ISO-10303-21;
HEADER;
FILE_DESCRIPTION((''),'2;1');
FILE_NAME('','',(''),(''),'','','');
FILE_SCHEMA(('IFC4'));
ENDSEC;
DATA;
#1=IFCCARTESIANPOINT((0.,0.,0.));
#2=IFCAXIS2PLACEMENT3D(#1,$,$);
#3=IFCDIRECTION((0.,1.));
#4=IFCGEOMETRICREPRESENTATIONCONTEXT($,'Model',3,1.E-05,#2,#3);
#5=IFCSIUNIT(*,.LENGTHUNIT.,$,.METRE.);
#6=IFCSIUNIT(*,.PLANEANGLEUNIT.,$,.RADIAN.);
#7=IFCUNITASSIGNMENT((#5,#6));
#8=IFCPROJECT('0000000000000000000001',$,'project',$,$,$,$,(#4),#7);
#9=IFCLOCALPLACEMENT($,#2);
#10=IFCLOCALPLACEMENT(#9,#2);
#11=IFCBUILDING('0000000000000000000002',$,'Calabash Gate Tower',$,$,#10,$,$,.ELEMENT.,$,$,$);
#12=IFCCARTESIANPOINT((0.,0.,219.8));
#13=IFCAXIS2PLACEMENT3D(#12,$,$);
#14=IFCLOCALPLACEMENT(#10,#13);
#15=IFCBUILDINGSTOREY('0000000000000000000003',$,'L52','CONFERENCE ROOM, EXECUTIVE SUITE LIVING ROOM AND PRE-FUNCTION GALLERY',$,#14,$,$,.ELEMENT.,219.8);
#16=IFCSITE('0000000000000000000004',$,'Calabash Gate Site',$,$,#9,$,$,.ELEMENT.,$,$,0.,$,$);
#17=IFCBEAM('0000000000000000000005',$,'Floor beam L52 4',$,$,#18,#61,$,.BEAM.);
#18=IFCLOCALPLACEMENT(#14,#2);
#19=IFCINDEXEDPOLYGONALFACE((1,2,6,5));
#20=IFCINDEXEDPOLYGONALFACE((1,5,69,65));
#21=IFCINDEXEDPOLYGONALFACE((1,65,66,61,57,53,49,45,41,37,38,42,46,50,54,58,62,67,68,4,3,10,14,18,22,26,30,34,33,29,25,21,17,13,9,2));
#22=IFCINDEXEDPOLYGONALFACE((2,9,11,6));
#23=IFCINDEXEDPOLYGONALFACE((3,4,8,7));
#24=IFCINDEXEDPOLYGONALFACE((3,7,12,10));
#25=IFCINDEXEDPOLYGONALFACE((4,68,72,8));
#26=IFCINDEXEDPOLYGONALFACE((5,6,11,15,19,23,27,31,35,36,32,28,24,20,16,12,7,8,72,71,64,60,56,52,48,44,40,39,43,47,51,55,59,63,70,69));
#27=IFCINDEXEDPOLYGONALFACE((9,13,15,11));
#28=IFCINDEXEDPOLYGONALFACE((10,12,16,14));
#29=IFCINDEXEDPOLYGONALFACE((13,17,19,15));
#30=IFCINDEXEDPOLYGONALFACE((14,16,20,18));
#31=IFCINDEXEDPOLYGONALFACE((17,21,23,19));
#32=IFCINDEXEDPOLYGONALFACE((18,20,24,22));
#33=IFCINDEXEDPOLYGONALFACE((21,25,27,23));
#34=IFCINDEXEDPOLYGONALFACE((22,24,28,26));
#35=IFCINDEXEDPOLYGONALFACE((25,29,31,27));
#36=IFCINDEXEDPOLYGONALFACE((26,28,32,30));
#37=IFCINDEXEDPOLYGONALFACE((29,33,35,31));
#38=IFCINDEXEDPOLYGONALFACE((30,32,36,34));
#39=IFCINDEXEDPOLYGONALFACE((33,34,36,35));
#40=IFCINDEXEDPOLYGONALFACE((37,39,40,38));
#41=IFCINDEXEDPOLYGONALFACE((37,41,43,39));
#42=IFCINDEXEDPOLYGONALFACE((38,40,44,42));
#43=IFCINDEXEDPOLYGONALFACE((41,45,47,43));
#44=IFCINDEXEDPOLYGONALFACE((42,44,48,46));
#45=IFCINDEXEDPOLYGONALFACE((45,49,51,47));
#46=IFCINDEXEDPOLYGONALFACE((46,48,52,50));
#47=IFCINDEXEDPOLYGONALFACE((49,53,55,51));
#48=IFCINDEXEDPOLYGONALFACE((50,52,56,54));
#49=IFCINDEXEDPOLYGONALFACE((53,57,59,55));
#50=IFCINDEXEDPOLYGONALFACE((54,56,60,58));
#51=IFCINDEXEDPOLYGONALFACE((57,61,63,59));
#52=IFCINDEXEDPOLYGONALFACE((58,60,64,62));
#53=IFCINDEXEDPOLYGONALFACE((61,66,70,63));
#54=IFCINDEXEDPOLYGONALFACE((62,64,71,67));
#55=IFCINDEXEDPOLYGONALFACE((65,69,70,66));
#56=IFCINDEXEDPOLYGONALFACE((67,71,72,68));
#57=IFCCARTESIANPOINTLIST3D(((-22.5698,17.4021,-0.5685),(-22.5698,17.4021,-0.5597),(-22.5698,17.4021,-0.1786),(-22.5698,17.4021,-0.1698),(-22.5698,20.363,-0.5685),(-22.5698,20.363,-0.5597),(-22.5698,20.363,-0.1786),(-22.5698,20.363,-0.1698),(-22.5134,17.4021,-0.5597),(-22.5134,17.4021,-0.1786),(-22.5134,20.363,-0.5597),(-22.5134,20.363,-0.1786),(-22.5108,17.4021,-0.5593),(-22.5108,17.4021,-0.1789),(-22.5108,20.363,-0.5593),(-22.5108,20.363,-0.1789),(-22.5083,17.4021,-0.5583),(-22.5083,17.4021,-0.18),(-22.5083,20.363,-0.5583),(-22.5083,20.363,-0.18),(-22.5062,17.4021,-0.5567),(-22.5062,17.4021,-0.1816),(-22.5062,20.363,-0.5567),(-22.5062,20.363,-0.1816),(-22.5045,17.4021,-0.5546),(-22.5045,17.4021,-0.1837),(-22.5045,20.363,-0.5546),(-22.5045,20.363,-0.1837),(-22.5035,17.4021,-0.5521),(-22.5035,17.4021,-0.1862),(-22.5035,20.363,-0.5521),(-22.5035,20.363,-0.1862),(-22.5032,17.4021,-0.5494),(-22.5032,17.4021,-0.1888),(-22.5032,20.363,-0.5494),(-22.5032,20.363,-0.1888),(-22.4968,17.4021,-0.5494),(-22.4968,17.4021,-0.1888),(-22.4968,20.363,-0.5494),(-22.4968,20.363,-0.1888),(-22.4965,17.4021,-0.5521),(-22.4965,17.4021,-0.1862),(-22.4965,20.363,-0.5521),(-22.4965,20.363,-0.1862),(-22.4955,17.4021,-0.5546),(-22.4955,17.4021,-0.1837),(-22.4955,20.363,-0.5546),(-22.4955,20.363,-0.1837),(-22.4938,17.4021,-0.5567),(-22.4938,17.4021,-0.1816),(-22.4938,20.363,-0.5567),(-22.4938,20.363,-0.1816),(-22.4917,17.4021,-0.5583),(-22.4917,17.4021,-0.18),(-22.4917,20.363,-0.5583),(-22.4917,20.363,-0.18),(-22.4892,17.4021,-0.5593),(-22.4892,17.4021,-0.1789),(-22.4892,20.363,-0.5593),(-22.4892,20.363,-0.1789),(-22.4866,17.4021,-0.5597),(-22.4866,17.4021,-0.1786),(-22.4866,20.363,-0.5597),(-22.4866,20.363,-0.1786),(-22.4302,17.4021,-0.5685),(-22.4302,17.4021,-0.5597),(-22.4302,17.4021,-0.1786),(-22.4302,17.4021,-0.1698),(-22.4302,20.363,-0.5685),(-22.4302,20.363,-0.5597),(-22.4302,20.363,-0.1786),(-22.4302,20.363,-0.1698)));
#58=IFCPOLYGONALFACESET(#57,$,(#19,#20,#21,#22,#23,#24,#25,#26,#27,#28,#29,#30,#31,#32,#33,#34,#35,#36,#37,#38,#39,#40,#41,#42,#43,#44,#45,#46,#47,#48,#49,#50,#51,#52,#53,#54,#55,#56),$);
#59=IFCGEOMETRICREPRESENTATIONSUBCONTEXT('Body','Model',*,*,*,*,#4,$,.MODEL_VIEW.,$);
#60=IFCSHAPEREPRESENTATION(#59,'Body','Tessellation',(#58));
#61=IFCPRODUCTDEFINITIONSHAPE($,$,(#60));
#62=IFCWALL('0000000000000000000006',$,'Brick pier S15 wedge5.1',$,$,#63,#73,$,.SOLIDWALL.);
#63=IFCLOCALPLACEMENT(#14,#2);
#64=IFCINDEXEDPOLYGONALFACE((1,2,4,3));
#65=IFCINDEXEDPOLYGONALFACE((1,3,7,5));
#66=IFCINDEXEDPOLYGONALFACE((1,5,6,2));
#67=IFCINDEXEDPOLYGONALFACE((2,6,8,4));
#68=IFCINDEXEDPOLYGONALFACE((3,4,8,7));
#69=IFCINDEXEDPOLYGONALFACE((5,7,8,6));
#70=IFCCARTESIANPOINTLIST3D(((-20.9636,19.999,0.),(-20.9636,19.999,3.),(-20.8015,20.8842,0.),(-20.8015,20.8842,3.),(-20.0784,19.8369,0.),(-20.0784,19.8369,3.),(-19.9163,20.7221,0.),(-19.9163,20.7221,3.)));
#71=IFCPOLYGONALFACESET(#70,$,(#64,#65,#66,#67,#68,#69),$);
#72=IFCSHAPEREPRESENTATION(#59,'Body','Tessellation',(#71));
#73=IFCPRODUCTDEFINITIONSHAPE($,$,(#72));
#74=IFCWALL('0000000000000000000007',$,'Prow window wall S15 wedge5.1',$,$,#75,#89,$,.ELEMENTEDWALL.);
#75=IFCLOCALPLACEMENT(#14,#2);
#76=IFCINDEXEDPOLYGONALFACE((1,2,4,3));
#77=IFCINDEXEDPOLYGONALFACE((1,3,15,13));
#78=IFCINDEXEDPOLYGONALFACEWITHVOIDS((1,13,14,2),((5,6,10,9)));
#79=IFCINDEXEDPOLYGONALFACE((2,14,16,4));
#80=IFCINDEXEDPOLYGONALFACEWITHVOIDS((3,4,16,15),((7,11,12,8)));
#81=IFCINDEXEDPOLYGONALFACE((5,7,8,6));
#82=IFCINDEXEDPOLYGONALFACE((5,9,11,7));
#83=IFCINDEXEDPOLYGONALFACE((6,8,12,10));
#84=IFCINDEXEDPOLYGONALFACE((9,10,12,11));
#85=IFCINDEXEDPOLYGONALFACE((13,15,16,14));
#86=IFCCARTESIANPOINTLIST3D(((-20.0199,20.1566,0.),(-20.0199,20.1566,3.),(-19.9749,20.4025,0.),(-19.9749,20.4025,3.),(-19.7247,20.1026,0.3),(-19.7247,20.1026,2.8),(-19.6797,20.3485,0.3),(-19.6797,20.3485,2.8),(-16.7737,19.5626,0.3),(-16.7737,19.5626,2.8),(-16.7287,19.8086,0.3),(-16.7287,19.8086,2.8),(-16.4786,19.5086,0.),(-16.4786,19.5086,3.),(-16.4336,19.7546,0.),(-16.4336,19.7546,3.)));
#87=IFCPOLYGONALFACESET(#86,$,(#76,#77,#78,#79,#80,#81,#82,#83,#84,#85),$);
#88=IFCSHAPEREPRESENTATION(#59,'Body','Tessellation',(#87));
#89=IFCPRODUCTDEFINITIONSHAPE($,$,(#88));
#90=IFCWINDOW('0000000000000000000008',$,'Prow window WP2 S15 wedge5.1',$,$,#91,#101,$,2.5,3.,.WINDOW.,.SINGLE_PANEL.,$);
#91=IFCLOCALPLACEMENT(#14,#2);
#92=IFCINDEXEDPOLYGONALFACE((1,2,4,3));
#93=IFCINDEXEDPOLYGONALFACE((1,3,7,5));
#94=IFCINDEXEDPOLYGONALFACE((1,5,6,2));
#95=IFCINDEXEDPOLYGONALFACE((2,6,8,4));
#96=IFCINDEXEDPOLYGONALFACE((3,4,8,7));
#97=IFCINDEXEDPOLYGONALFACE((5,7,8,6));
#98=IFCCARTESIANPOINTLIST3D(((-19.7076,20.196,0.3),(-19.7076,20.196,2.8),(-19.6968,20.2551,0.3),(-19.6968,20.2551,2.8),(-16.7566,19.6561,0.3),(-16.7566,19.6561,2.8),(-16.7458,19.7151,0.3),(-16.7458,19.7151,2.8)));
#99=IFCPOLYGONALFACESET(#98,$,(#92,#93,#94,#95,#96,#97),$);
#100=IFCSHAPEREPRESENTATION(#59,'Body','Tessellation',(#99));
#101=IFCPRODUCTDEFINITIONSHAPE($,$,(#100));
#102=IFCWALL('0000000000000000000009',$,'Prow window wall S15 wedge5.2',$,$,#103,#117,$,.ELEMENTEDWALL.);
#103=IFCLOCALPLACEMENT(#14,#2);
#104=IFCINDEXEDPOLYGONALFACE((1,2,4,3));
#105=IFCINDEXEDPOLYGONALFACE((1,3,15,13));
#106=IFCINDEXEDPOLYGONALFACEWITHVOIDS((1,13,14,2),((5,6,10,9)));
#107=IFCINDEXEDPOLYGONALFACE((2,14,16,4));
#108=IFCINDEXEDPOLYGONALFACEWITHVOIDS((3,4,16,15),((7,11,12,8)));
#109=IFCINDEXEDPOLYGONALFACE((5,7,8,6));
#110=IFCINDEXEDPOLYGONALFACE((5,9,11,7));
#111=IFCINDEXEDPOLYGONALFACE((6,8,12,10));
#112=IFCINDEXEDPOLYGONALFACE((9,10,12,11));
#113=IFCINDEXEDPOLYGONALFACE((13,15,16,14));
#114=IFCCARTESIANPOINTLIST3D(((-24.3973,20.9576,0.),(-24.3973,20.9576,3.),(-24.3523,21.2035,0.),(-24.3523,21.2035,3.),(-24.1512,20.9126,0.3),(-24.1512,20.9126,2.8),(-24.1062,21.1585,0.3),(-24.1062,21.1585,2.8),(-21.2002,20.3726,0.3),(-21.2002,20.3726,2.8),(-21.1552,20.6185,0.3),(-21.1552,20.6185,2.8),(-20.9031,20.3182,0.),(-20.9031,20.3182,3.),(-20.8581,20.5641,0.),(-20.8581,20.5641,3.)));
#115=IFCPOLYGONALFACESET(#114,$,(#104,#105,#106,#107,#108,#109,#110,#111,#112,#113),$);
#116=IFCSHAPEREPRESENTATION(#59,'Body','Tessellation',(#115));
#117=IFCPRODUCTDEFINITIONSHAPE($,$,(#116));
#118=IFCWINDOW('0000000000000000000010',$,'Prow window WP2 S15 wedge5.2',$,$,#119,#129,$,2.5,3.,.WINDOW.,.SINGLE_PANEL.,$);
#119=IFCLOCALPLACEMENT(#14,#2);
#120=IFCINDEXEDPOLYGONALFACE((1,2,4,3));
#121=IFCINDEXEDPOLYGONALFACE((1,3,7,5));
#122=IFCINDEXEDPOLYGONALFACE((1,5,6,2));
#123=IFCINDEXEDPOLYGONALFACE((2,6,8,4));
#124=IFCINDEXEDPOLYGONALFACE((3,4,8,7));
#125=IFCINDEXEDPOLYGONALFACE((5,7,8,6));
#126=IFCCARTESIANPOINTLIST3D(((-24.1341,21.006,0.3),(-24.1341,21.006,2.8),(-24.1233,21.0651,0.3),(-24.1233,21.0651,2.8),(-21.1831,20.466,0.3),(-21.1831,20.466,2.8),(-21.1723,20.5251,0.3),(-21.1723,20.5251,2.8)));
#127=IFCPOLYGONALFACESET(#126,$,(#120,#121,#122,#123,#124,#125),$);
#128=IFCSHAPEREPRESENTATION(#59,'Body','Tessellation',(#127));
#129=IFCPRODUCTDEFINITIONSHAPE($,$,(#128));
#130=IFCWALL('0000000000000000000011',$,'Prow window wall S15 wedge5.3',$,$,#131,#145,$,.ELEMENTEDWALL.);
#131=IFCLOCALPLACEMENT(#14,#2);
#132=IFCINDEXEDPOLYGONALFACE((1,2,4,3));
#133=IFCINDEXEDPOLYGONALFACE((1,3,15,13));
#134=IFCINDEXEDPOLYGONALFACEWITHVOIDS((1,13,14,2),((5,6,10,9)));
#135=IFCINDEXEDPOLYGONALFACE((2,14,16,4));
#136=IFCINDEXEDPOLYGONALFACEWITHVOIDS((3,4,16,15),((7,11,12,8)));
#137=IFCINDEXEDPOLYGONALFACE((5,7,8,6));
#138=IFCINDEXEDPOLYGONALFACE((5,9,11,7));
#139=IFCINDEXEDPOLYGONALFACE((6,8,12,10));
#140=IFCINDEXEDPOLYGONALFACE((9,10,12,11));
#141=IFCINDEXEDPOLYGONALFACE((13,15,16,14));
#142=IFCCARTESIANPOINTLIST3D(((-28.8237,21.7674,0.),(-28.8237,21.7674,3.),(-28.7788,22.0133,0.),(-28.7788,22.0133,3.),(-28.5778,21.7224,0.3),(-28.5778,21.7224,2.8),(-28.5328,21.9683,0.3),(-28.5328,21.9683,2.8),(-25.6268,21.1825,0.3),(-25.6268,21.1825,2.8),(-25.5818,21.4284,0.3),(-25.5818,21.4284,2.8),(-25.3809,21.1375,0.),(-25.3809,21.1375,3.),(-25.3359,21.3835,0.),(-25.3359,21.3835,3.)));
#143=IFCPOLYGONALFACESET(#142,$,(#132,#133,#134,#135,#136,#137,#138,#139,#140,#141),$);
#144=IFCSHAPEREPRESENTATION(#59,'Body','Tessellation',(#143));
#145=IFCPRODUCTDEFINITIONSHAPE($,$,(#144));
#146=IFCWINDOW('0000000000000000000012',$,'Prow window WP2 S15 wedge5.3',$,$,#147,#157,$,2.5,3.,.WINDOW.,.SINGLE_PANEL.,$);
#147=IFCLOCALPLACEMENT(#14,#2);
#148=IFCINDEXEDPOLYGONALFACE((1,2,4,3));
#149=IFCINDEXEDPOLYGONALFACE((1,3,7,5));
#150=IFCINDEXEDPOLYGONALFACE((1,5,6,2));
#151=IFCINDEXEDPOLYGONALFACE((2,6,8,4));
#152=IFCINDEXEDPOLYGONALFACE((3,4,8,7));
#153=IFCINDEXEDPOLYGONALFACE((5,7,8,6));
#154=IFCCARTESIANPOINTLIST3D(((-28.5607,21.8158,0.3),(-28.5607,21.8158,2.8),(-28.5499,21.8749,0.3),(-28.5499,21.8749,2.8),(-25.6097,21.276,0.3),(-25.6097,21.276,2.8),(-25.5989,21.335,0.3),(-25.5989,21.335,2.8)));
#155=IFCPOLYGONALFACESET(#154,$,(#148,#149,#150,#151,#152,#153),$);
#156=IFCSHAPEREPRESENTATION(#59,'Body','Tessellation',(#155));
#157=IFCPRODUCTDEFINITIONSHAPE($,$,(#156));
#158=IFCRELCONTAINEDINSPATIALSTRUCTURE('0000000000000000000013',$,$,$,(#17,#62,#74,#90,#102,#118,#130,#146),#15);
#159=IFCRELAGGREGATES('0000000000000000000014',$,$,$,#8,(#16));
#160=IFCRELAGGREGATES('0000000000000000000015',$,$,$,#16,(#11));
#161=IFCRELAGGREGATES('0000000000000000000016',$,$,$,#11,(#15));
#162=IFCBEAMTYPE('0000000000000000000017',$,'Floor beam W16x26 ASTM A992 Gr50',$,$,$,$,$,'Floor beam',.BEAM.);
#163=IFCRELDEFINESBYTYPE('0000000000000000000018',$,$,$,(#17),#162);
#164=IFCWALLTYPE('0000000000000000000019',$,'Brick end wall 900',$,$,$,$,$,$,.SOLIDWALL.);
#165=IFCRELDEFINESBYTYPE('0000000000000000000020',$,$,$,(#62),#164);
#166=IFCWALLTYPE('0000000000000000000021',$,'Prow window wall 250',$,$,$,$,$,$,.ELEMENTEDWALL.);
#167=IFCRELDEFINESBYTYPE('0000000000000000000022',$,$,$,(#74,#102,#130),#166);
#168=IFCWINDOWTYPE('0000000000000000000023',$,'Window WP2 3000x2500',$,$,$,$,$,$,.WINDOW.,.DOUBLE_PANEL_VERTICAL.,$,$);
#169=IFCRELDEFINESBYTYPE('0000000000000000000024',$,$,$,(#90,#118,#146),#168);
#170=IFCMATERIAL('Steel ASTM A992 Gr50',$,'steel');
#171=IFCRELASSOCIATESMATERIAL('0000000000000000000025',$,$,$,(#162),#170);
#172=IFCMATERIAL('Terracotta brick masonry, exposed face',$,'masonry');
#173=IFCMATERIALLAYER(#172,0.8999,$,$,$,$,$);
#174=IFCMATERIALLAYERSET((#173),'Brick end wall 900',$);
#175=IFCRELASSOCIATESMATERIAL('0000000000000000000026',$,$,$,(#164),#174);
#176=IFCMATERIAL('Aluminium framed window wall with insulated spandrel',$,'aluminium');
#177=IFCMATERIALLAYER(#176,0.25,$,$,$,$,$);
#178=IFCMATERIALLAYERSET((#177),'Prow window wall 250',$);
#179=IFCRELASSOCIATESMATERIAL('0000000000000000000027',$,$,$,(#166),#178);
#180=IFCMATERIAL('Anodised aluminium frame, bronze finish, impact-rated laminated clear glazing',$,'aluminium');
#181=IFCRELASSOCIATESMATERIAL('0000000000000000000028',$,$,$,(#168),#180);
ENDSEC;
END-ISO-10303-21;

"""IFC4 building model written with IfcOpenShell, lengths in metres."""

from ifc_helpers import new_model, si_unit, direction, frame, frame_2d, origin, origin_2d, place, context, subcontext, project, spatial, rectangle, i_section, extrude, material, layer, layer_set, material_profile, profile_set, type_object, element, fill, save


model = new_model("IFC4")

# Units and contexts
model_context = context("Model", 3, precision=1e-05, world=origin(), true_north=direction((0.0, 1.0)))
body_context = subcontext(model_context, "Body", "Model", "MODEL_VIEW")
ifc_project = project(units=[si_unit("LENGTHUNIT", "METRE"), si_unit("PLANEANGLEUNIT", "RADIAN")], contexts=[model_context])

# Site, building, storey
site_placement = place(None, origin())
site = spatial("IfcSite", under=ifc_project, at=site_placement, Name="Calabash Gate Site", CompositionType="ELEMENT", RefElevation=0.0)
building_placement = place(site_placement, origin())
building = spatial("IfcBuilding", under=site, at=building_placement, Name="Calabash Gate Tower", CompositionType="ELEMENT")
storey_placement = place(building_placement, frame((0.0, 0.0, 219.8)))
storey = spatial("IfcBuildingStorey", under=building, at=storey_placement, Name="L52", Description="CONFERENCE ROOM, EXECUTIVE SUITE LIVING ROOM AND PRE-FUNCTION GALLERY", CompositionType="ELEMENT", Elevation=219.8)

# Beam
ifc_material_1 = material(Name="Steel ASTM A992 Gr50", Category="steel")
ifc_material_profile_1 = material_profile(ifc_material_1, i_section(OverallWidth=0.1396, OverallDepth=0.3987, WebThickness=0.0063, FlangeThickness=0.0088, FilletRadius=0.0103, at=origin_2d()))
ifc_profile_set_1 = profile_set([ifc_material_profile_1], Name="Steel ASTM A992 Gr50")
beam_type_1 = type_object("IfcBeamType", Name="Floor beam W16x26 ASTM A992 Gr50", ElementType="Floor beam", PredefinedType="BEAM", material=ifc_profile_set_1)
beam_1_placement = place(storey_placement, frame((-22.5, 17.4021, -0.3691), z_axis=(0.0, 1.0, 0.0), x_axis=(-1.0, 0.0, 0.0)))
element("IfcBeam", 1, at=beam_1_placement, inside=storey, type_object=beam_type_1, Name="Floor beam L52 4", PredefinedType="BEAM", context=body_context, shape_type="SweptSolid", body=[
    extrude(i_section(OverallWidth=0.1396, OverallDepth=0.3987, WebThickness=0.0063, FlangeThickness=0.0088, FilletRadius=0.0103, at=origin_2d()), origin(), (0.0, 0.0, 1.0), 2.9609),
])

# Wall
ifc_material_2 = material(Name="Terracotta brick masonry, exposed face", Category="masonry")
ifc_layer_1 = layer(ifc_material_2, 0.8999)
ifc_layer_set_1 = layer_set([ifc_layer_1], Name="Brick end wall 900")
wall_type_1 = type_object("IfcWallType", Name="Brick end wall 900", PredefinedType="SOLIDWALL", material=ifc_layer_set_1)
wall_1_placement = place(storey_placement, frame((-20.521, 19.918, 0.0), z_axis=(0.0, 0.0, 1.0), x_axis=(0.180127, 0.983643, 0.0)))
element("IfcWall", 2, at=wall_1_placement, inside=storey, type_object=wall_type_1, Name="Brick pier S15 wedge5.1", PredefinedType="SOLIDWALL", context=body_context, shape_type="SweptSolid", body=[
    extrude(rectangle(XDim=0.8999, YDim=0.8999, at=frame_2d((0.45, 0.0))), origin(), (0.0, 0.0, 1.0), 3.0),
])

# Walls, openings, windows
ifc_material_3 = material(Name="Aluminium framed window wall with insulated spandrel", Category="aluminium")
ifc_layer_2 = layer(ifc_material_3, 0.25)
ifc_layer_set_2 = layer_set([ifc_layer_2], Name="Prow window wall 250")
wall_type_2 = type_object("IfcWallType", Name="Prow window wall 250", PredefinedType="ELEMENTEDWALL", material=ifc_layer_set_2)
wall_2_placement = place(storey_placement, frame((-16.4561, 19.6316, 0.0), z_axis=(0.0, 0.0, 1.0), x_axis=(-0.98367, 0.179983, 0.0)))
wall_2 = element("IfcWall", 3, at=wall_2_placement, inside=storey, type_object=wall_type_2, Name="Prow window wall S15 wedge5.1", PredefinedType="ELEMENTEDWALL", context=body_context, shape_type="SweptSolid", body=[
    extrude(rectangle(XDim=3.6001, YDim=0.25, at=frame_2d((1.8, 0.0))), origin(), (0.0, 0.0, 1.0), 3.0),
])
opening_1_placement = place(wall_2_placement, frame((0.3, 0.0, 0.3)))
opening_1 = element("IfcOpeningElement", 4, at=opening_1_placement, cuts=wall_2, PredefinedType="OPENING", context=body_context, shape_type="SweptSolid", body=[
    extrude(rectangle(XDim=3.0, YDim=2.5, at=frame_2d((1.5, 1.25))), frame((0.0, 0.135, 0.0), z_axis=(0.0, -1.0, 0.0), x_axis=(1.0, 0.0, 0.0)), (0.0, 0.0, 1.0), 0.27),
])
ifc_material_4 = material(Name="Anodised aluminium frame, bronze finish, impact-rated laminated clear glazing", Category="aluminium")
window_type = type_object("IfcWindowType", Name="Window WP2 3000x2500", PartitioningType="DOUBLE_PANEL_VERTICAL", PredefinedType="WINDOW", material=ifc_material_4)
window_1_placement = place(opening_1_placement, origin())
window_1 = element("IfcWindow", 5, at=window_1_placement, inside=storey, type_object=window_type, Name="Prow window WP2 S15 wedge5.1", OverallHeight=2.5, OverallWidth=3.0, PartitioningType="SINGLE_PANEL", PredefinedType="WINDOW", context=body_context, shape_type="SweptSolid", body=[
    extrude(rectangle(XDim=3.0, YDim=2.5, at=frame_2d((1.5, 1.25))), frame((0.0, 0.03, 0.0), z_axis=(0.0, -1.0, 0.0), x_axis=(1.0, 0.0, 0.0)), (0.0, 0.0, 1.0), 0.0601),
])
fill(opening_1, window_1)
wall_3_placement = place(storey_placement, frame((-20.8806, 20.4412, 0.0), z_axis=(0.0, 0.0, 1.0), x_axis=(-0.983666, 0.180004, 0.0)))
wall_3 = element("IfcWall", 6, at=wall_3_placement, inside=storey, type_object=wall_type_2, Name="Prow window wall S15 wedge5.2", PredefinedType="ELEMENTEDWALL", context=body_context, shape_type="SweptSolid", body=[
    extrude(rectangle(XDim=3.5522, YDim=0.25, at=frame_2d((1.7761, 0.0))), origin(), (0.0, 0.0, 1.0), 3.0),
])
opening_2_placement = place(wall_3_placement, frame((0.302, 0.0, 0.3)))
opening_2 = element("IfcOpeningElement", 7, at=opening_2_placement, cuts=wall_3, PredefinedType="OPENING", context=body_context, shape_type="SweptSolid", body=[
    extrude(rectangle(XDim=3.0, YDim=2.5, at=frame_2d((1.5, 1.25))), frame((0.0, 0.135, 0.0), z_axis=(0.0, -1.0, 0.0), x_axis=(1.0, 0.0, 0.0)), (0.0, 0.0, 1.0), 0.27),
])
window_2_placement = place(opening_2_placement, origin())
window_2 = element("IfcWindow", 8, at=window_2_placement, inside=storey, type_object=window_type, Name="Prow window WP2 S15 wedge5.2", OverallHeight=2.5, OverallWidth=3.0, PartitioningType="SINGLE_PANEL", PredefinedType="WINDOW", context=body_context, shape_type="SweptSolid", body=[
    extrude(rectangle(XDim=3.0, YDim=2.5, at=frame_2d((1.5, 1.25))), frame((0.0, 0.03, 0.0), z_axis=(0.0, -1.0, 0.0), x_axis=(1.0, 0.0, 0.0)), (0.0, 0.0, 1.0), 0.0601),
])
fill(opening_2, window_2)
wall_4_placement = place(storey_placement, frame((-25.3584, 21.2605, 0.0), z_axis=(0.0, 0.0, 1.0), x_axis=(-0.983673, 0.179966, 0.0)))
wall_4 = element("IfcWall", 9, at=wall_4_placement, inside=storey, type_object=wall_type_2, Name="Prow window wall S15 wedge5.3", PredefinedType="ELEMENTEDWALL", context=body_context, shape_type="SweptSolid", body=[
    extrude(rectangle(XDim=3.5, YDim=0.25, at=frame_2d((1.75, 0.0))), origin(), (0.0, 0.0, 1.0), 3.0),
])
opening_3_placement = place(wall_4_placement, frame((0.25, 0.0, 0.3)))
opening_3 = element("IfcOpeningElement", 10, at=opening_3_placement, cuts=wall_4, PredefinedType="OPENING", context=body_context, shape_type="SweptSolid", body=[
    extrude(rectangle(XDim=3.0, YDim=2.5, at=frame_2d((1.5, 1.25))), frame((0.0, 0.135, 0.0), z_axis=(0.0, -1.0, 0.0), x_axis=(1.0, 0.0, 0.0)), (0.0, 0.0, 1.0), 0.27),
])
window_3_placement = place(opening_3_placement, origin())
window_3 = element("IfcWindow", 11, at=window_3_placement, inside=storey, type_object=window_type, Name="Prow window WP2 S15 wedge5.3", OverallHeight=2.5, OverallWidth=3.0, PartitioningType="SINGLE_PANEL", PredefinedType="WINDOW", context=body_context, shape_type="SweptSolid", body=[
    extrude(rectangle(XDim=3.0, YDim=2.5, at=frame_2d((1.5, 1.25))), frame((0.0, 0.03, 0.0), z_axis=(0.0, -1.0, 0.0), x_axis=(1.0, 0.0, 0.0)), (0.0, 0.0, 1.0), 0.0601),
])
fill(opening_3, window_3)

save(model, "model.ifc")
